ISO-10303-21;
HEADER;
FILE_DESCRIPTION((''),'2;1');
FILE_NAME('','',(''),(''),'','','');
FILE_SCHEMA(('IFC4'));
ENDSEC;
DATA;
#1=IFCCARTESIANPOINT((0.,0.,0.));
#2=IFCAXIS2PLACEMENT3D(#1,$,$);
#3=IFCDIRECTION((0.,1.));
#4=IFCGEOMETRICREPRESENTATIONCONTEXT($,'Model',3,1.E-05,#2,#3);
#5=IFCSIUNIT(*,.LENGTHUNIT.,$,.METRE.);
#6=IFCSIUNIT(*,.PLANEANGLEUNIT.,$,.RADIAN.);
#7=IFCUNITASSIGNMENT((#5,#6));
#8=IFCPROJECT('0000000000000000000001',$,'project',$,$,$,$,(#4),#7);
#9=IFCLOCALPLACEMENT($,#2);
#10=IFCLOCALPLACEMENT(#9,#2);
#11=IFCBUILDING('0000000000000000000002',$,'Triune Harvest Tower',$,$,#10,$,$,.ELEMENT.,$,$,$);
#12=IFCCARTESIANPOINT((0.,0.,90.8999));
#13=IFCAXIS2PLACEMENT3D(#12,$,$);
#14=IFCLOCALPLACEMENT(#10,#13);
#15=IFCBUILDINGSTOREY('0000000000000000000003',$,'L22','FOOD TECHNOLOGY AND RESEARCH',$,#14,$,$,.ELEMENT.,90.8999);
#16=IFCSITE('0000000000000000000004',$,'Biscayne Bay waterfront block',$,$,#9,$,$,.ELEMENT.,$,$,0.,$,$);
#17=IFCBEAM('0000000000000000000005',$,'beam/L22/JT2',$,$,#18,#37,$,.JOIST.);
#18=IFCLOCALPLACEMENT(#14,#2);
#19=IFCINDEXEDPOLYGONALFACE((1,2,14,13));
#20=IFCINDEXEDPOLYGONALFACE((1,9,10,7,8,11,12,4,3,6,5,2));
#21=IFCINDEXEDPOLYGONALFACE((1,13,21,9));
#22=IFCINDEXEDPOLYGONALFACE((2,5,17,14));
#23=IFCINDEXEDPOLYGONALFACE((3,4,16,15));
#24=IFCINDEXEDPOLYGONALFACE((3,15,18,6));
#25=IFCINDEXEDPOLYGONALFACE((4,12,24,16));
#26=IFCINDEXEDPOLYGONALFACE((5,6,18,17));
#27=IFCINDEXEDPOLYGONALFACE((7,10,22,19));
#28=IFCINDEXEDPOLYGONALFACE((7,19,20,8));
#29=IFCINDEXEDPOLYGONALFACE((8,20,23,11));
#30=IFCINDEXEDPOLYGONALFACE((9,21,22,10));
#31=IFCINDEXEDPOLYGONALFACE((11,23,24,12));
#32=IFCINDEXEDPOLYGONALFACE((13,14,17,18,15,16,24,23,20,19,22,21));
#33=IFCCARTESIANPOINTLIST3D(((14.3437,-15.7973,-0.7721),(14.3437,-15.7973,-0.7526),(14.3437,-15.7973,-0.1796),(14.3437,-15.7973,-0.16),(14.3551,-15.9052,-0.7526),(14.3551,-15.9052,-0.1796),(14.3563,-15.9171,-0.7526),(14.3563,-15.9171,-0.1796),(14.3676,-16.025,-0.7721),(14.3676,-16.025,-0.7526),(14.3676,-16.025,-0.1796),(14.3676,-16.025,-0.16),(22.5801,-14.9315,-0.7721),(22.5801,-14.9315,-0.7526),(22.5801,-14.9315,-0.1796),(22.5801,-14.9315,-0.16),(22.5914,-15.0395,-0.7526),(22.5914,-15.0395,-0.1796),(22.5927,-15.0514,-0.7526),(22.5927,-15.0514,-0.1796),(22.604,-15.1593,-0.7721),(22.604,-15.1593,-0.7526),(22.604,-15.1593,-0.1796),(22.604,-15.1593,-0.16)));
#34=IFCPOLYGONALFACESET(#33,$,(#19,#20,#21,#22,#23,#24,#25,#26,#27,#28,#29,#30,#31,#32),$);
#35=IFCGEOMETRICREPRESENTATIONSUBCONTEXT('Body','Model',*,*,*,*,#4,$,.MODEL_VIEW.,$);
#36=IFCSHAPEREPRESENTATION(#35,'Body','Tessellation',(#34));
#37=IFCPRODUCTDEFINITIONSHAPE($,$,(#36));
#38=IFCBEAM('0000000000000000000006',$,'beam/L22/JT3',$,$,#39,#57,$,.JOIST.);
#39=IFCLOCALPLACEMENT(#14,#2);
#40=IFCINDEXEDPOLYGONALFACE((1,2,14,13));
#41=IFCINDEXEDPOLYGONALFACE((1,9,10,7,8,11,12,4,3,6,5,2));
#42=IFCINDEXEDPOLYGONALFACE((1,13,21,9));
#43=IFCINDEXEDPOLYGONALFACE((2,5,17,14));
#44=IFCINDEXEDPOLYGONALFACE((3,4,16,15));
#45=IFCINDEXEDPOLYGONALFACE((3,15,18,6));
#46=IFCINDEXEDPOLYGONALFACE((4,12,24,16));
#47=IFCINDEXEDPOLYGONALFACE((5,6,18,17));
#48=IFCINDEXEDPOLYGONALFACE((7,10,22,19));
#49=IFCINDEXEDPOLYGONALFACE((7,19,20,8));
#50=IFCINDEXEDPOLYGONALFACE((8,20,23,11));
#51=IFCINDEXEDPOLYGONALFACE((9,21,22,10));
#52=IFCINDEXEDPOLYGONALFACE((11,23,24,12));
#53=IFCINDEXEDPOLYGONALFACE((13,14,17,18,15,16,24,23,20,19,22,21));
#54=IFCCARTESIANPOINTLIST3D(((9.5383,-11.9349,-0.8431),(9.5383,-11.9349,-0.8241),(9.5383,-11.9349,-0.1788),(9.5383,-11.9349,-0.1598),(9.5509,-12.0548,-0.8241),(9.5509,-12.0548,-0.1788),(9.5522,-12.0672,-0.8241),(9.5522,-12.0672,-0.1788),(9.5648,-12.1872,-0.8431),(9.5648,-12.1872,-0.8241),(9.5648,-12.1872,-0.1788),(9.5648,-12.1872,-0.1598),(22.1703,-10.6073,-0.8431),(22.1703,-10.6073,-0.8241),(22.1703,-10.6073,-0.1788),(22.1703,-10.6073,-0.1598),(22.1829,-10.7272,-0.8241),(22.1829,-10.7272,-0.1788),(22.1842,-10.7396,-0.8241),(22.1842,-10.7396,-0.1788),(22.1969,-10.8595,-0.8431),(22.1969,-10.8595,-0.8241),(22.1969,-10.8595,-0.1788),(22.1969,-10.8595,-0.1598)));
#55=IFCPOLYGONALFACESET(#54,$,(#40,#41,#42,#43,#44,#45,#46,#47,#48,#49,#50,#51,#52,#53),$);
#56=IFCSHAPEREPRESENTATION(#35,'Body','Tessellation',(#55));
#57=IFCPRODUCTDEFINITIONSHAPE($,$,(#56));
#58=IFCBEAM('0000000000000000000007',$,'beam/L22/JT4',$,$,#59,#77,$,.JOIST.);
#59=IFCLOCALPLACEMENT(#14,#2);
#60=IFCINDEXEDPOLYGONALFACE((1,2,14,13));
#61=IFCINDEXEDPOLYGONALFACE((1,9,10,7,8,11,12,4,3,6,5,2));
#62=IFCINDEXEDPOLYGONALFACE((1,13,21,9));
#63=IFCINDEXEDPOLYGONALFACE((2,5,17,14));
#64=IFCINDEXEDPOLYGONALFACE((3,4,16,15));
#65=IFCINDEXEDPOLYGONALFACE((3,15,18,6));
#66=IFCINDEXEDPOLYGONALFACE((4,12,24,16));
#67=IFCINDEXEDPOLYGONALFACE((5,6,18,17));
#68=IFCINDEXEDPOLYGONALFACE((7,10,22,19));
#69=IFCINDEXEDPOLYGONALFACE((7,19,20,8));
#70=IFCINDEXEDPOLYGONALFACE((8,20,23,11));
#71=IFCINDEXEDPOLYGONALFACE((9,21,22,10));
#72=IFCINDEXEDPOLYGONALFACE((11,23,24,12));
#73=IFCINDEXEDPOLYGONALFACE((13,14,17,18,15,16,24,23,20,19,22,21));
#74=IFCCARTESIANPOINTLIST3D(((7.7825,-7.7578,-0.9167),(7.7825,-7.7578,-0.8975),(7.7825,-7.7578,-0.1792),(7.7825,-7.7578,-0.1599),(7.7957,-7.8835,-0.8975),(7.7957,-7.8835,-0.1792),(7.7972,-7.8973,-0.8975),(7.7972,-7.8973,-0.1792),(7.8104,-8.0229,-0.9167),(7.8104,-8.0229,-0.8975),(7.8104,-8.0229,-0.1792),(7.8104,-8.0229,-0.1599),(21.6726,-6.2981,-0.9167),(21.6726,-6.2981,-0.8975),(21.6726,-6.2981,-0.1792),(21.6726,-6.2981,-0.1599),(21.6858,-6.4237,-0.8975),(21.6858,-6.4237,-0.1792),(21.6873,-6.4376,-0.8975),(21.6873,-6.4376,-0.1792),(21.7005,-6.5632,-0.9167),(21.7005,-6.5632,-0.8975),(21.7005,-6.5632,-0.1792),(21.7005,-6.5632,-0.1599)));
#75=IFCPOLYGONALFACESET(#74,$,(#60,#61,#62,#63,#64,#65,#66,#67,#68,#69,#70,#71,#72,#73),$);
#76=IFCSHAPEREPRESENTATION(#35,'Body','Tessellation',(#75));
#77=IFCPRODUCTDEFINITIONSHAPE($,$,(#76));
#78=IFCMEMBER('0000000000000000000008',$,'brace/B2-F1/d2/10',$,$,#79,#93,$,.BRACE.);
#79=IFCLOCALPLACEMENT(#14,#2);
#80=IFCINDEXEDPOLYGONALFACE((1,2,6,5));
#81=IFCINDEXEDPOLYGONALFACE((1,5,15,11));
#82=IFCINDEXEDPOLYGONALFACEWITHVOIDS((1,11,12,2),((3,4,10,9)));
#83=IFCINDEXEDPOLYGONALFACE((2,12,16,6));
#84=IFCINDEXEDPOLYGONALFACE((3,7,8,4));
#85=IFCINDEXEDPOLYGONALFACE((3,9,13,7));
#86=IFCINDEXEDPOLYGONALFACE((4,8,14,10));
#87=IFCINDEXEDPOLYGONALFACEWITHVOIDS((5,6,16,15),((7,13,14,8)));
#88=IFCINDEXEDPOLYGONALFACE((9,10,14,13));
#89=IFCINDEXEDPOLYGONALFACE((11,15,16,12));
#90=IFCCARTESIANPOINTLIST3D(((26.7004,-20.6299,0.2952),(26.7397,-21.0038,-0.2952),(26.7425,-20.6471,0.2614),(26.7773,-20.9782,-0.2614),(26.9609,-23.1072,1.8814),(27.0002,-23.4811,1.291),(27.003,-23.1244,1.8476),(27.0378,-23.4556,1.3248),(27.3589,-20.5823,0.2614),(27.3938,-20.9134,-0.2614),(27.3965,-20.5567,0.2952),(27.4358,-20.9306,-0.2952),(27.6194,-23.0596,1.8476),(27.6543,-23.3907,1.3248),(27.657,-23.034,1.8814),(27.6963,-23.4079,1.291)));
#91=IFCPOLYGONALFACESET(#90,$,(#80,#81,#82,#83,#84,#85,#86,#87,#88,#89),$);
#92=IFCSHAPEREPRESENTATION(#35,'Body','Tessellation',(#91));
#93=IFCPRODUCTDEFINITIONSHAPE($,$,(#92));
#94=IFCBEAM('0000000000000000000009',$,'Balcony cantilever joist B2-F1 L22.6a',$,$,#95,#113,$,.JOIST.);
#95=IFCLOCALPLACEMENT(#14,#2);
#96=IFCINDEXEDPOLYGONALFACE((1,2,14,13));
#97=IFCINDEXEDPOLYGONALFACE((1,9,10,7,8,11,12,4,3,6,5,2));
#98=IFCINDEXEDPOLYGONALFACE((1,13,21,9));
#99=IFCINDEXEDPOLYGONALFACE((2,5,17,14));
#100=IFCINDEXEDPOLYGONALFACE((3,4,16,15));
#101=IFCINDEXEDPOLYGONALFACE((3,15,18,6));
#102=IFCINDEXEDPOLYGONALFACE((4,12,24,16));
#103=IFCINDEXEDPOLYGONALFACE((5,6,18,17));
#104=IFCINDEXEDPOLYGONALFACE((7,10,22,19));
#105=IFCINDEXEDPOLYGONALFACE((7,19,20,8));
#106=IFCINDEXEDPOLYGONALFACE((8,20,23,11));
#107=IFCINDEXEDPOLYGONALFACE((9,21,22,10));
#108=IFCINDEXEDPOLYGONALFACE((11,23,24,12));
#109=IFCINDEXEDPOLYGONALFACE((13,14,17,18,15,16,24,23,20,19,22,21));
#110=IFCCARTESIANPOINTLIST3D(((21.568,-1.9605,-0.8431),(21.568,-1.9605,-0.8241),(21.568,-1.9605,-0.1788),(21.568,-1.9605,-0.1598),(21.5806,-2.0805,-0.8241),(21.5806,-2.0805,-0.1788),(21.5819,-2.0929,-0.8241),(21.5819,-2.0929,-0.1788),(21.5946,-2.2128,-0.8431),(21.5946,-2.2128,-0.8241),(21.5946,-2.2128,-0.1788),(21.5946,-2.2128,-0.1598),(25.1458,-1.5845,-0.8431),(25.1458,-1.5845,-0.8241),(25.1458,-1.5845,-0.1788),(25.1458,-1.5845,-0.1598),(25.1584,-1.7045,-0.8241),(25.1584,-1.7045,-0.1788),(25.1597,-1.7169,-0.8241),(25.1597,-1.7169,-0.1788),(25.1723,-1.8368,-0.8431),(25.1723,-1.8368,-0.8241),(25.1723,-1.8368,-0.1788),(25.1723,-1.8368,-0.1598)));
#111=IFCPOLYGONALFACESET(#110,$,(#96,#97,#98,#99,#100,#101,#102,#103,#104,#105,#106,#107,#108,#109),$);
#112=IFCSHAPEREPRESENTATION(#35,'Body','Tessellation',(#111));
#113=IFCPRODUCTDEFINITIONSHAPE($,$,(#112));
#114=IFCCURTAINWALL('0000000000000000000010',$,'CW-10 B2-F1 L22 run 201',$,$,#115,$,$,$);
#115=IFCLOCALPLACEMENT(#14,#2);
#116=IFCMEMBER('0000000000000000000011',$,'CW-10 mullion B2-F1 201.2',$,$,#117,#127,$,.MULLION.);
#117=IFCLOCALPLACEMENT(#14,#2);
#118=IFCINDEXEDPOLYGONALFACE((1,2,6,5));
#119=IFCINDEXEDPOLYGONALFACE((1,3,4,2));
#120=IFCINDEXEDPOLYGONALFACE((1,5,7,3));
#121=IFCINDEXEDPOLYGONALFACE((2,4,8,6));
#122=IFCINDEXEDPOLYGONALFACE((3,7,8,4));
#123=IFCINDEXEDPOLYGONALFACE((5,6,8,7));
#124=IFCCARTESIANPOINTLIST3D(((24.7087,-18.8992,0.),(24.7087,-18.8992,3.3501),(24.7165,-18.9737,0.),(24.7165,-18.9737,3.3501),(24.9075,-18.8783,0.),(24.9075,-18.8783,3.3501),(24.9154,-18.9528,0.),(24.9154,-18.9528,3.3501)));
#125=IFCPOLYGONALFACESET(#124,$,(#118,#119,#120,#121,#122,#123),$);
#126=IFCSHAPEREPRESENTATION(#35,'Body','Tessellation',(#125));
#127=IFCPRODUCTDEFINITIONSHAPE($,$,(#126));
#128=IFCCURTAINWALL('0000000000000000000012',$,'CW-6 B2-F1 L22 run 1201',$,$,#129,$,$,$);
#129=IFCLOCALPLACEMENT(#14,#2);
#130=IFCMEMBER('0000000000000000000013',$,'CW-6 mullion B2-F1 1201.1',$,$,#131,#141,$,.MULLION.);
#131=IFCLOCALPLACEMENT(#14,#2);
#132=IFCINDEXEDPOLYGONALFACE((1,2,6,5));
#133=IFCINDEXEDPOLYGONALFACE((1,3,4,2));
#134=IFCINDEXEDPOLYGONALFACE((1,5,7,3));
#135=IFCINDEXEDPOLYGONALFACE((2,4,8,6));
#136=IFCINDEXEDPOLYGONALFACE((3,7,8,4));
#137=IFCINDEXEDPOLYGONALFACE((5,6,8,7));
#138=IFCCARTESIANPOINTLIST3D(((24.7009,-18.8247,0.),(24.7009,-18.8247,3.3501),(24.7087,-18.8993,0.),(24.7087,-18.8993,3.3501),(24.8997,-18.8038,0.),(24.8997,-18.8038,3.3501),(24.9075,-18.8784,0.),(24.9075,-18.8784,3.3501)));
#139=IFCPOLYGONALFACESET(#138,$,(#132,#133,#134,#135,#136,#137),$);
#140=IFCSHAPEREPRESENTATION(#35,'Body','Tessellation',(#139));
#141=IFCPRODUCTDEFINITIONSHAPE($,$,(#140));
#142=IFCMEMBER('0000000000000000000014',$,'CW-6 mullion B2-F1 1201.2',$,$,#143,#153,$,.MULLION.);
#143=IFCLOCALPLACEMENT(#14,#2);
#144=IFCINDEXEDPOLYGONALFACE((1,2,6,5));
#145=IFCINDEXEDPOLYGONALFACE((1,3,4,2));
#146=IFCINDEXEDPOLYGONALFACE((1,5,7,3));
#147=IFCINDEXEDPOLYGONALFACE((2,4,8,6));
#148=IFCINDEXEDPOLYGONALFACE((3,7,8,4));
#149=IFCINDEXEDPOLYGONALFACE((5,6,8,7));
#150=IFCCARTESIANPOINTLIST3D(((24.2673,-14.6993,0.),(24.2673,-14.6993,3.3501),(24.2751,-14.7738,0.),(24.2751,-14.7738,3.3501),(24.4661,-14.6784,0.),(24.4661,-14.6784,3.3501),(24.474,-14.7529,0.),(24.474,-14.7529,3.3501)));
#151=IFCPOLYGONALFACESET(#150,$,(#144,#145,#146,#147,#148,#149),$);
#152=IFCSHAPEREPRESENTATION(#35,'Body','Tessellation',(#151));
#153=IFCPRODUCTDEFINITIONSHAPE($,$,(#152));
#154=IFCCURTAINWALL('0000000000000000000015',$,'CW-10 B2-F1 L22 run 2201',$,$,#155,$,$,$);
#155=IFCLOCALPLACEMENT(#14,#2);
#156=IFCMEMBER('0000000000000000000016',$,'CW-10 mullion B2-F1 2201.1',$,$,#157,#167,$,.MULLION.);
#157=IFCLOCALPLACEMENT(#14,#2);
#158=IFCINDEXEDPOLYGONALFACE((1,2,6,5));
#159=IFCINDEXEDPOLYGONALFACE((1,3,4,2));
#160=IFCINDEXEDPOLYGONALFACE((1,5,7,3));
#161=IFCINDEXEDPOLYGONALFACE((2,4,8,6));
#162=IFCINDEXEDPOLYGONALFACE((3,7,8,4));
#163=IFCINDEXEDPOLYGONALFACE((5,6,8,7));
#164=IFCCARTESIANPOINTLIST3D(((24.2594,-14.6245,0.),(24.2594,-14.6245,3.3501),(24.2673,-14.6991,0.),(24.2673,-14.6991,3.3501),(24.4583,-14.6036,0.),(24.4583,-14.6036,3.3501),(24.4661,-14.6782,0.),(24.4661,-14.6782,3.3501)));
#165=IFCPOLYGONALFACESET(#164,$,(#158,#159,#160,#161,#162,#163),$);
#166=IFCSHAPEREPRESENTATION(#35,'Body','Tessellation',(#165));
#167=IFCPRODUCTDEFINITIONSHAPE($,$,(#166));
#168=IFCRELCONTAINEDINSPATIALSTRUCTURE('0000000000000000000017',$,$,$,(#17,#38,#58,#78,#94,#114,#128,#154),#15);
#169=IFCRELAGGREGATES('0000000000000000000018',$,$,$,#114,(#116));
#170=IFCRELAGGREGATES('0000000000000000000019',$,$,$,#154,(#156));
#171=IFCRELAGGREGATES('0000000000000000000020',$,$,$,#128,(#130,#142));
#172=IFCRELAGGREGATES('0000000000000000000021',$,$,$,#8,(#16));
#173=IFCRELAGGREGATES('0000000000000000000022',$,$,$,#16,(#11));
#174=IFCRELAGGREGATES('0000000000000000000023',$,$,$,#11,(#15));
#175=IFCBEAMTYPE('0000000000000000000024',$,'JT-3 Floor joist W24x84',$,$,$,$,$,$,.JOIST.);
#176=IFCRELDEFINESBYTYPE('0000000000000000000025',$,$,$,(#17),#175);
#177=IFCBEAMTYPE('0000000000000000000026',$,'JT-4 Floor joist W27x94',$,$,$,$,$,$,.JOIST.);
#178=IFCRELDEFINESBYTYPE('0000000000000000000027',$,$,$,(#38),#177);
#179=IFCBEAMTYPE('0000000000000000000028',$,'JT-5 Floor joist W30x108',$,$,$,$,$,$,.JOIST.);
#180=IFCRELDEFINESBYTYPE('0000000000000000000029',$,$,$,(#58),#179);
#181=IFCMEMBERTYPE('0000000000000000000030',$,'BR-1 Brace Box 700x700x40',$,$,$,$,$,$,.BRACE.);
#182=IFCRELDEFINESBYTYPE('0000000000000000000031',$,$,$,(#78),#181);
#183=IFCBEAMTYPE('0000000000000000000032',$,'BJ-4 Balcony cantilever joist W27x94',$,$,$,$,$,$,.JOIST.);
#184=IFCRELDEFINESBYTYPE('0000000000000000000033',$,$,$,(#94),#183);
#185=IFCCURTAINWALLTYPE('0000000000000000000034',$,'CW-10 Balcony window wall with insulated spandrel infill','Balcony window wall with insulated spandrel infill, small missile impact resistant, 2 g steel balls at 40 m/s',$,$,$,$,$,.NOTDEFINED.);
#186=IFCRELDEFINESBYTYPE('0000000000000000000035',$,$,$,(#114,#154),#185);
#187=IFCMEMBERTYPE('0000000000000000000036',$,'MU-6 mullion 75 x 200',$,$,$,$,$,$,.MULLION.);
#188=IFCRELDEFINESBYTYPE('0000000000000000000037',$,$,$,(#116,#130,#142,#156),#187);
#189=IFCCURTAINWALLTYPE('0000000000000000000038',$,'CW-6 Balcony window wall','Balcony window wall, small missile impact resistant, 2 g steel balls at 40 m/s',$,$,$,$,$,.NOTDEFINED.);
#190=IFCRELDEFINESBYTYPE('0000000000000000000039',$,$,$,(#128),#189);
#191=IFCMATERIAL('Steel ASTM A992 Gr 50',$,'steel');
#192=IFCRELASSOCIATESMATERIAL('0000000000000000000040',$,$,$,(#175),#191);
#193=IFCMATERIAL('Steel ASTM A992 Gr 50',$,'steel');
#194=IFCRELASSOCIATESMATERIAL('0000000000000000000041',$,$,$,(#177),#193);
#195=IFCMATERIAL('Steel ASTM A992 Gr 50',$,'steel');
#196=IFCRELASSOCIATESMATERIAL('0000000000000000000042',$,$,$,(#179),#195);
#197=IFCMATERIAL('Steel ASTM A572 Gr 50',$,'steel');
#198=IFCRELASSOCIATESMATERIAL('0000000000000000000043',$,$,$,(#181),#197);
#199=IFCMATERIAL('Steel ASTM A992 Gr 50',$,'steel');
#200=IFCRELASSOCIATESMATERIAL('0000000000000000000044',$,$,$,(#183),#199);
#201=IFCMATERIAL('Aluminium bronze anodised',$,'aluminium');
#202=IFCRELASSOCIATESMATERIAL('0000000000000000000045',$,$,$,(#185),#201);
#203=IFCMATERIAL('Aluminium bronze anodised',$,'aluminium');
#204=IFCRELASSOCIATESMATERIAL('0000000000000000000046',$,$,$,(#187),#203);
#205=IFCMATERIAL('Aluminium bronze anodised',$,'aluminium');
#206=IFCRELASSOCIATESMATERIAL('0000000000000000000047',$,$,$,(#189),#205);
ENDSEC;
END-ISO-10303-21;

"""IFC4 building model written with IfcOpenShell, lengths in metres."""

from ifc_helpers import new_model, si_unit, direction, frame, origin, origin_2d, place, context, subcontext, project, spatial, rectangle, hollow_rectangle, i_section, extrude, source, transform, mapped, material, material_profile, profile_set, type_object, element, aggregate, save


model = new_model("IFC4")

# Units and contexts
model_context = context("Model", 3, precision=1e-05, world=origin(), true_north=direction((0.0, 1.0)))
body_context = subcontext(model_context, "Body", "Model", "MODEL_VIEW")
ifc_project = project(units=[si_unit("LENGTHUNIT", "METRE"), si_unit("PLANEANGLEUNIT", "RADIAN")], contexts=[model_context])

# Site, building, storey
site_placement = place(None, origin())
site = spatial("IfcSite", under=ifc_project, at=site_placement, Name="Biscayne Bay waterfront block", CompositionType="ELEMENT", RefElevation=0.0)
building_placement = place(site_placement, origin())
building = spatial("IfcBuilding", under=site, at=building_placement, Name="Triune Harvest Tower", CompositionType="ELEMENT")
storey_placement = place(building_placement, frame((0.0, 0.0, 90.8999)))
storey = spatial("IfcBuildingStorey", under=building, at=storey_placement, Name="L22", Description="FOOD TECHNOLOGY AND RESEARCH", CompositionType="ELEMENT", Elevation=90.8999)

# Beams
ifc_material_1 = material(Name="Steel ASTM A992 Gr 50", Category="steel")
ifc_material_profile_1 = material_profile(ifc_material_1, i_section(OverallWidth=0.229, OverallDepth=0.6121, WebThickness=0.012, FlangeThickness=0.0195, at=origin_2d()), Name="W24x84")
ifc_profile_set_1 = profile_set([ifc_material_profile_1], Name="Steel ASTM A992 Gr 50")
beam_type_1 = type_object("IfcBeamType", Name="JT-3 Floor joist W24x84", PredefinedType="JOIST", material=ifc_profile_set_1)
shared_shape_1 = source(origin(), body_context, "Body", "SweptSolid", [
    extrude(i_section(OverallWidth=0.229, OverallDepth=0.6121, WebThickness=0.012, FlangeThickness=0.0195, at=origin_2d()), origin(), (0.0, 0.0, 1.0), 8.2817),
])
beam_1_placement = place(storey_placement, frame((22.592, -15.0454, -0.4661), z_axis=(-0.994521, -0.104534, 0.0), x_axis=(0.104534, -0.994521, 0.0)))
element("IfcBeam", 1, at=beam_1_placement, inside=storey, type_object=beam_type_1, Name="beam/L22/JT2", PredefinedType="JOIST", context=body_context, shape_type="MappedRepresentation", body=[
    mapped(shared_shape_1, transform((0.0, 0.0, 0.0), scale=1.0)),
])
ifc_material_2 = material(Name="Steel ASTM A992 Gr 50", Category="steel")
ifc_material_profile_2 = material_profile(ifc_material_2, i_section(OverallWidth=0.2537, OverallDepth=0.6833, WebThickness=0.0125, FlangeThickness=0.019, at=origin_2d()), Name="W27x94")
ifc_profile_set_2 = profile_set([ifc_material_profile_2], Name="Steel ASTM A992 Gr 50")
beam_type_2 = type_object("IfcBeamType", Name="JT-4 Floor joist W27x94", PredefinedType="JOIST", material=ifc_profile_set_2)
shared_shape_2 = source(origin(), body_context, "Body", "SweptSolid", [
    extrude(i_section(OverallWidth=0.2537, OverallDepth=0.6833, WebThickness=0.0125, FlangeThickness=0.019, at=origin_2d()), origin(), (0.0, 0.0, 1.0), 12.7017),
])
beam_2_placement = place(storey_placement, frame((22.1836, -10.7334, -0.5015), z_axis=(-0.994522, -0.104525, 0.0), x_axis=(0.104525, -0.994522, 0.0)))
element("IfcBeam", 2, at=beam_2_placement, inside=storey, type_object=beam_type_2, Name="beam/L22/JT3", PredefinedType="JOIST", context=body_context, shape_type="MappedRepresentation", body=[
    mapped(shared_shape_2, transform((0.0, 0.0, 0.0), scale=1.0)),
])
ifc_material_3 = material(Name="Steel ASTM A992 Gr 50", Category="steel")
ifc_material_profile_3 = material_profile(ifc_material_3, i_section(OverallWidth=0.2666, OverallDepth=0.7568, WebThickness=0.0139, FlangeThickness=0.0193, at=origin_2d()), Name="W30x108")
ifc_profile_set_3 = profile_set([ifc_material_profile_3], Name="Steel ASTM A992 Gr 50")
beam_type_3 = type_object("IfcBeamType", Name="JT-5 Floor joist W30x108", PredefinedType="JOIST", material=ifc_profile_set_3)
shared_shape_3 = source(origin(), body_context, "Body", "SweptSolid", [
    extrude(i_section(OverallWidth=0.2666, OverallDepth=0.7568, WebThickness=0.0139, FlangeThickness=0.0193, at=origin_2d()), origin(), (0.0, 0.0, 1.0), 13.9666),
])
beam_3_placement = place(storey_placement, frame((21.6865, -6.4307, -0.5383), z_axis=(-0.994523, -0.104515, 0.0), x_axis=(0.104515, -0.994523, 0.0)))
element("IfcBeam", 3, at=beam_3_placement, inside=storey, type_object=beam_type_3, Name="beam/L22/JT4", PredefinedType="JOIST", context=body_context, shape_type="MappedRepresentation", body=[
    mapped(shared_shape_3, transform((0.0, 0.0, 0.0), scale=1.0)),
])

# Member
ifc_material_4 = material(Name="Steel ASTM A572 Gr 50", Category="steel")
ifc_material_profile_4 = material_profile(ifc_material_4, hollow_rectangle(XDim=0.7, YDim=0.7, WallThickness=0.04, at=origin_2d()), Name="Box 700x700x40")
ifc_profile_set_4 = profile_set([ifc_material_profile_4], Name="Steel ASTM A572 Gr 50")
member_type_1 = type_object("IfcMemberType", Name="BR-1 Brace Box 700x700x40", PredefinedType="BRACE", material=ifc_profile_set_4)
shared_shape_4 = source(origin(), body_context, "Body", "SweptSolid", [
    extrude(hollow_rectangle(XDim=0.7, YDim=0.7, WallThickness=0.04, at=origin_2d()), origin(), (0.0, 0.0, 1.0), 2.9531),
])
member_1_placement = place(storey_placement, frame((27.0681, -20.7803, 0.0), z_axis=(0.088212, -0.838878, 0.537124), x_axis=(0.994517, 0.104578, 0.0)))
element("IfcMember", 4, at=member_1_placement, inside=storey, type_object=member_type_1, Name="brace/B2-F1/d2/10", PredefinedType="BRACE", context=body_context, shape_type="MappedRepresentation", body=[
    mapped(shared_shape_4, transform((0.0, 0.0, 0.0), scale=1.0)),
])

# Beam
ifc_material_5 = material(Name="Steel ASTM A992 Gr 50", Category="steel")
ifc_material_profile_5 = material_profile(ifc_material_5, i_section(OverallWidth=0.2537, OverallDepth=0.6833, WebThickness=0.0125, FlangeThickness=0.019, at=origin_2d()), Name="W27x94")
ifc_profile_set_5 = profile_set([ifc_material_profile_5], Name="Steel ASTM A992 Gr 50")
beam_type_4 = type_object("IfcBeamType", Name="BJ-4 Balcony cantilever joist W27x94", PredefinedType="JOIST", material=ifc_profile_set_5)
shared_shape_5 = source(origin(), body_context, "Body", "SweptSolid", [
    extrude(i_section(OverallWidth=0.2537, OverallDepth=0.6833, WebThickness=0.0125, FlangeThickness=0.019, at=origin_2d()), origin(), (0.0, 0.0, 1.0), 3.5974),
])
beam_4_placement = place(storey_placement, frame((21.5813, -2.0867, -0.5015), z_axis=(0.994523, 0.104515, 0.0), x_axis=(-0.104515, 0.994523, 0.0)))
element("IfcBeam", 5, at=beam_4_placement, inside=storey, type_object=beam_type_4, Name="Balcony cantilever joist B2-F1 L22.6a", PredefinedType="JOIST", context=body_context, shape_type="MappedRepresentation", body=[
    mapped(shared_shape_5, transform((0.0, 0.0, 0.0), scale=1.0)),
])

# Curtain wall, member
ifc_material_6 = material(Name="Aluminium bronze anodised", Category="aluminium")
curtain_wall_type_1 = type_object("IfcCurtainWallType", Name="CW-10 Balcony window wall with insulated spandrel infill", Description="Balcony window wall with insulated spandrel infill, small missile impact resistant, 2 g steel balls at 40 m/s", PredefinedType="NOTDEFINED", material=ifc_material_6)
curtain_wall_1_placement = place(storey_placement, origin())
curtain_wall_1 = element("IfcCurtainWall", 6, at=curtain_wall_1_placement, inside=storey, type_object=curtain_wall_type_1, Name="CW-10 B2-F1 L22 run 201")
ifc_material_7 = material(Name="Aluminium bronze anodised", Category="aluminium")
ifc_material_profile_6 = material_profile(ifc_material_7, rectangle(XDim=0.2, YDim=0.075, at=origin_2d()), Name="MU-6 mullion 75 x 200")
ifc_profile_set_6 = profile_set([ifc_material_profile_6], Name="Aluminium bronze anodised")
member_type_2 = type_object("IfcMemberType", Name="MU-6 mullion 75 x 200", PredefinedType="MULLION", material=ifc_profile_set_6)
shared_shape_6 = source(origin(), body_context, "Body", "SweptSolid", [
    extrude(rectangle(XDim=0.2, YDim=0.075, at=origin_2d()), origin(), (0.0, 0.0, 1.0), 3.3501),
])
member_2_placement = place(storey_placement, frame((24.812, -18.926, 0.0), z_axis=(0.0, 0.0, 1.0), x_axis=(-0.994523, -0.104517, 0.0)))
member_2 = element("IfcMember", 7, at=member_2_placement, type_object=member_type_2, Name="CW-10 mullion B2-F1 201.2", PredefinedType="MULLION", context=body_context, shape_type="MappedRepresentation", body=[
    mapped(shared_shape_6, transform((0.0, 0.0, 0.0), scale=1.0)),
])

# Curtain walls, members
ifc_material_8 = material(Name="Aluminium bronze anodised", Category="aluminium")
curtain_wall_type_2 = type_object("IfcCurtainWallType", Name="CW-6 Balcony window wall", Description="Balcony window wall, small missile impact resistant, 2 g steel balls at 40 m/s", PredefinedType="NOTDEFINED", material=ifc_material_8)
curtain_wall_2_placement = place(storey_placement, origin())
curtain_wall_2 = element("IfcCurtainWall", 8, at=curtain_wall_2_placement, inside=storey, type_object=curtain_wall_type_2, Name="CW-6 B2-F1 L22 run 1201")
member_3_placement = place(storey_placement, frame((24.8042, -18.8516, 0.0), z_axis=(0.0, 0.0, 1.0), x_axis=(-0.994521, -0.104541, 0.0)))
member_3 = element("IfcMember", 9, at=member_3_placement, type_object=member_type_2, Name="CW-6 mullion B2-F1 1201.1", PredefinedType="MULLION", context=body_context, shape_type="MappedRepresentation", body=[
    mapped(shared_shape_6, transform((0.0, 0.0, 0.0), scale=1.0)),
])
member_4_placement = place(storey_placement, frame((24.3706, -14.7261, 0.0), z_axis=(0.0, 0.0, 1.0), x_axis=(-0.994521, -0.104541, 0.0)))
member_4 = element("IfcMember", 10, at=member_4_placement, type_object=member_type_2, Name="CW-6 mullion B2-F1 1201.2", PredefinedType="MULLION", context=body_context, shape_type="MappedRepresentation", body=[
    mapped(shared_shape_6, transform((0.0, 0.0, 0.0), scale=1.0)),
])
curtain_wall_3_placement = place(storey_placement, origin())
curtain_wall_3 = element("IfcCurtainWall", 11, at=curtain_wall_3_placement, inside=storey, type_object=curtain_wall_type_1, Name="CW-10 B2-F1 L22 run 2201")
member_5_placement = place(storey_placement, frame((24.3628, -14.6514, 0.0), z_axis=(0.0, 0.0, 1.0), x_axis=(-0.994523, -0.10452, 0.0)))
member_5 = element("IfcMember", 12, at=member_5_placement, type_object=member_type_2, Name="CW-10 mullion B2-F1 2201.1", PredefinedType="MULLION", context=body_context, shape_type="MappedRepresentation", body=[
    mapped(shared_shape_6, transform((0.0, 0.0, 0.0), scale=1.0)),
])

aggregate(curtain_wall_1, [member_2])
aggregate(curtain_wall_3, [member_5])
aggregate(curtain_wall_2, [member_3, member_4])

save(model, "model.ifc")
